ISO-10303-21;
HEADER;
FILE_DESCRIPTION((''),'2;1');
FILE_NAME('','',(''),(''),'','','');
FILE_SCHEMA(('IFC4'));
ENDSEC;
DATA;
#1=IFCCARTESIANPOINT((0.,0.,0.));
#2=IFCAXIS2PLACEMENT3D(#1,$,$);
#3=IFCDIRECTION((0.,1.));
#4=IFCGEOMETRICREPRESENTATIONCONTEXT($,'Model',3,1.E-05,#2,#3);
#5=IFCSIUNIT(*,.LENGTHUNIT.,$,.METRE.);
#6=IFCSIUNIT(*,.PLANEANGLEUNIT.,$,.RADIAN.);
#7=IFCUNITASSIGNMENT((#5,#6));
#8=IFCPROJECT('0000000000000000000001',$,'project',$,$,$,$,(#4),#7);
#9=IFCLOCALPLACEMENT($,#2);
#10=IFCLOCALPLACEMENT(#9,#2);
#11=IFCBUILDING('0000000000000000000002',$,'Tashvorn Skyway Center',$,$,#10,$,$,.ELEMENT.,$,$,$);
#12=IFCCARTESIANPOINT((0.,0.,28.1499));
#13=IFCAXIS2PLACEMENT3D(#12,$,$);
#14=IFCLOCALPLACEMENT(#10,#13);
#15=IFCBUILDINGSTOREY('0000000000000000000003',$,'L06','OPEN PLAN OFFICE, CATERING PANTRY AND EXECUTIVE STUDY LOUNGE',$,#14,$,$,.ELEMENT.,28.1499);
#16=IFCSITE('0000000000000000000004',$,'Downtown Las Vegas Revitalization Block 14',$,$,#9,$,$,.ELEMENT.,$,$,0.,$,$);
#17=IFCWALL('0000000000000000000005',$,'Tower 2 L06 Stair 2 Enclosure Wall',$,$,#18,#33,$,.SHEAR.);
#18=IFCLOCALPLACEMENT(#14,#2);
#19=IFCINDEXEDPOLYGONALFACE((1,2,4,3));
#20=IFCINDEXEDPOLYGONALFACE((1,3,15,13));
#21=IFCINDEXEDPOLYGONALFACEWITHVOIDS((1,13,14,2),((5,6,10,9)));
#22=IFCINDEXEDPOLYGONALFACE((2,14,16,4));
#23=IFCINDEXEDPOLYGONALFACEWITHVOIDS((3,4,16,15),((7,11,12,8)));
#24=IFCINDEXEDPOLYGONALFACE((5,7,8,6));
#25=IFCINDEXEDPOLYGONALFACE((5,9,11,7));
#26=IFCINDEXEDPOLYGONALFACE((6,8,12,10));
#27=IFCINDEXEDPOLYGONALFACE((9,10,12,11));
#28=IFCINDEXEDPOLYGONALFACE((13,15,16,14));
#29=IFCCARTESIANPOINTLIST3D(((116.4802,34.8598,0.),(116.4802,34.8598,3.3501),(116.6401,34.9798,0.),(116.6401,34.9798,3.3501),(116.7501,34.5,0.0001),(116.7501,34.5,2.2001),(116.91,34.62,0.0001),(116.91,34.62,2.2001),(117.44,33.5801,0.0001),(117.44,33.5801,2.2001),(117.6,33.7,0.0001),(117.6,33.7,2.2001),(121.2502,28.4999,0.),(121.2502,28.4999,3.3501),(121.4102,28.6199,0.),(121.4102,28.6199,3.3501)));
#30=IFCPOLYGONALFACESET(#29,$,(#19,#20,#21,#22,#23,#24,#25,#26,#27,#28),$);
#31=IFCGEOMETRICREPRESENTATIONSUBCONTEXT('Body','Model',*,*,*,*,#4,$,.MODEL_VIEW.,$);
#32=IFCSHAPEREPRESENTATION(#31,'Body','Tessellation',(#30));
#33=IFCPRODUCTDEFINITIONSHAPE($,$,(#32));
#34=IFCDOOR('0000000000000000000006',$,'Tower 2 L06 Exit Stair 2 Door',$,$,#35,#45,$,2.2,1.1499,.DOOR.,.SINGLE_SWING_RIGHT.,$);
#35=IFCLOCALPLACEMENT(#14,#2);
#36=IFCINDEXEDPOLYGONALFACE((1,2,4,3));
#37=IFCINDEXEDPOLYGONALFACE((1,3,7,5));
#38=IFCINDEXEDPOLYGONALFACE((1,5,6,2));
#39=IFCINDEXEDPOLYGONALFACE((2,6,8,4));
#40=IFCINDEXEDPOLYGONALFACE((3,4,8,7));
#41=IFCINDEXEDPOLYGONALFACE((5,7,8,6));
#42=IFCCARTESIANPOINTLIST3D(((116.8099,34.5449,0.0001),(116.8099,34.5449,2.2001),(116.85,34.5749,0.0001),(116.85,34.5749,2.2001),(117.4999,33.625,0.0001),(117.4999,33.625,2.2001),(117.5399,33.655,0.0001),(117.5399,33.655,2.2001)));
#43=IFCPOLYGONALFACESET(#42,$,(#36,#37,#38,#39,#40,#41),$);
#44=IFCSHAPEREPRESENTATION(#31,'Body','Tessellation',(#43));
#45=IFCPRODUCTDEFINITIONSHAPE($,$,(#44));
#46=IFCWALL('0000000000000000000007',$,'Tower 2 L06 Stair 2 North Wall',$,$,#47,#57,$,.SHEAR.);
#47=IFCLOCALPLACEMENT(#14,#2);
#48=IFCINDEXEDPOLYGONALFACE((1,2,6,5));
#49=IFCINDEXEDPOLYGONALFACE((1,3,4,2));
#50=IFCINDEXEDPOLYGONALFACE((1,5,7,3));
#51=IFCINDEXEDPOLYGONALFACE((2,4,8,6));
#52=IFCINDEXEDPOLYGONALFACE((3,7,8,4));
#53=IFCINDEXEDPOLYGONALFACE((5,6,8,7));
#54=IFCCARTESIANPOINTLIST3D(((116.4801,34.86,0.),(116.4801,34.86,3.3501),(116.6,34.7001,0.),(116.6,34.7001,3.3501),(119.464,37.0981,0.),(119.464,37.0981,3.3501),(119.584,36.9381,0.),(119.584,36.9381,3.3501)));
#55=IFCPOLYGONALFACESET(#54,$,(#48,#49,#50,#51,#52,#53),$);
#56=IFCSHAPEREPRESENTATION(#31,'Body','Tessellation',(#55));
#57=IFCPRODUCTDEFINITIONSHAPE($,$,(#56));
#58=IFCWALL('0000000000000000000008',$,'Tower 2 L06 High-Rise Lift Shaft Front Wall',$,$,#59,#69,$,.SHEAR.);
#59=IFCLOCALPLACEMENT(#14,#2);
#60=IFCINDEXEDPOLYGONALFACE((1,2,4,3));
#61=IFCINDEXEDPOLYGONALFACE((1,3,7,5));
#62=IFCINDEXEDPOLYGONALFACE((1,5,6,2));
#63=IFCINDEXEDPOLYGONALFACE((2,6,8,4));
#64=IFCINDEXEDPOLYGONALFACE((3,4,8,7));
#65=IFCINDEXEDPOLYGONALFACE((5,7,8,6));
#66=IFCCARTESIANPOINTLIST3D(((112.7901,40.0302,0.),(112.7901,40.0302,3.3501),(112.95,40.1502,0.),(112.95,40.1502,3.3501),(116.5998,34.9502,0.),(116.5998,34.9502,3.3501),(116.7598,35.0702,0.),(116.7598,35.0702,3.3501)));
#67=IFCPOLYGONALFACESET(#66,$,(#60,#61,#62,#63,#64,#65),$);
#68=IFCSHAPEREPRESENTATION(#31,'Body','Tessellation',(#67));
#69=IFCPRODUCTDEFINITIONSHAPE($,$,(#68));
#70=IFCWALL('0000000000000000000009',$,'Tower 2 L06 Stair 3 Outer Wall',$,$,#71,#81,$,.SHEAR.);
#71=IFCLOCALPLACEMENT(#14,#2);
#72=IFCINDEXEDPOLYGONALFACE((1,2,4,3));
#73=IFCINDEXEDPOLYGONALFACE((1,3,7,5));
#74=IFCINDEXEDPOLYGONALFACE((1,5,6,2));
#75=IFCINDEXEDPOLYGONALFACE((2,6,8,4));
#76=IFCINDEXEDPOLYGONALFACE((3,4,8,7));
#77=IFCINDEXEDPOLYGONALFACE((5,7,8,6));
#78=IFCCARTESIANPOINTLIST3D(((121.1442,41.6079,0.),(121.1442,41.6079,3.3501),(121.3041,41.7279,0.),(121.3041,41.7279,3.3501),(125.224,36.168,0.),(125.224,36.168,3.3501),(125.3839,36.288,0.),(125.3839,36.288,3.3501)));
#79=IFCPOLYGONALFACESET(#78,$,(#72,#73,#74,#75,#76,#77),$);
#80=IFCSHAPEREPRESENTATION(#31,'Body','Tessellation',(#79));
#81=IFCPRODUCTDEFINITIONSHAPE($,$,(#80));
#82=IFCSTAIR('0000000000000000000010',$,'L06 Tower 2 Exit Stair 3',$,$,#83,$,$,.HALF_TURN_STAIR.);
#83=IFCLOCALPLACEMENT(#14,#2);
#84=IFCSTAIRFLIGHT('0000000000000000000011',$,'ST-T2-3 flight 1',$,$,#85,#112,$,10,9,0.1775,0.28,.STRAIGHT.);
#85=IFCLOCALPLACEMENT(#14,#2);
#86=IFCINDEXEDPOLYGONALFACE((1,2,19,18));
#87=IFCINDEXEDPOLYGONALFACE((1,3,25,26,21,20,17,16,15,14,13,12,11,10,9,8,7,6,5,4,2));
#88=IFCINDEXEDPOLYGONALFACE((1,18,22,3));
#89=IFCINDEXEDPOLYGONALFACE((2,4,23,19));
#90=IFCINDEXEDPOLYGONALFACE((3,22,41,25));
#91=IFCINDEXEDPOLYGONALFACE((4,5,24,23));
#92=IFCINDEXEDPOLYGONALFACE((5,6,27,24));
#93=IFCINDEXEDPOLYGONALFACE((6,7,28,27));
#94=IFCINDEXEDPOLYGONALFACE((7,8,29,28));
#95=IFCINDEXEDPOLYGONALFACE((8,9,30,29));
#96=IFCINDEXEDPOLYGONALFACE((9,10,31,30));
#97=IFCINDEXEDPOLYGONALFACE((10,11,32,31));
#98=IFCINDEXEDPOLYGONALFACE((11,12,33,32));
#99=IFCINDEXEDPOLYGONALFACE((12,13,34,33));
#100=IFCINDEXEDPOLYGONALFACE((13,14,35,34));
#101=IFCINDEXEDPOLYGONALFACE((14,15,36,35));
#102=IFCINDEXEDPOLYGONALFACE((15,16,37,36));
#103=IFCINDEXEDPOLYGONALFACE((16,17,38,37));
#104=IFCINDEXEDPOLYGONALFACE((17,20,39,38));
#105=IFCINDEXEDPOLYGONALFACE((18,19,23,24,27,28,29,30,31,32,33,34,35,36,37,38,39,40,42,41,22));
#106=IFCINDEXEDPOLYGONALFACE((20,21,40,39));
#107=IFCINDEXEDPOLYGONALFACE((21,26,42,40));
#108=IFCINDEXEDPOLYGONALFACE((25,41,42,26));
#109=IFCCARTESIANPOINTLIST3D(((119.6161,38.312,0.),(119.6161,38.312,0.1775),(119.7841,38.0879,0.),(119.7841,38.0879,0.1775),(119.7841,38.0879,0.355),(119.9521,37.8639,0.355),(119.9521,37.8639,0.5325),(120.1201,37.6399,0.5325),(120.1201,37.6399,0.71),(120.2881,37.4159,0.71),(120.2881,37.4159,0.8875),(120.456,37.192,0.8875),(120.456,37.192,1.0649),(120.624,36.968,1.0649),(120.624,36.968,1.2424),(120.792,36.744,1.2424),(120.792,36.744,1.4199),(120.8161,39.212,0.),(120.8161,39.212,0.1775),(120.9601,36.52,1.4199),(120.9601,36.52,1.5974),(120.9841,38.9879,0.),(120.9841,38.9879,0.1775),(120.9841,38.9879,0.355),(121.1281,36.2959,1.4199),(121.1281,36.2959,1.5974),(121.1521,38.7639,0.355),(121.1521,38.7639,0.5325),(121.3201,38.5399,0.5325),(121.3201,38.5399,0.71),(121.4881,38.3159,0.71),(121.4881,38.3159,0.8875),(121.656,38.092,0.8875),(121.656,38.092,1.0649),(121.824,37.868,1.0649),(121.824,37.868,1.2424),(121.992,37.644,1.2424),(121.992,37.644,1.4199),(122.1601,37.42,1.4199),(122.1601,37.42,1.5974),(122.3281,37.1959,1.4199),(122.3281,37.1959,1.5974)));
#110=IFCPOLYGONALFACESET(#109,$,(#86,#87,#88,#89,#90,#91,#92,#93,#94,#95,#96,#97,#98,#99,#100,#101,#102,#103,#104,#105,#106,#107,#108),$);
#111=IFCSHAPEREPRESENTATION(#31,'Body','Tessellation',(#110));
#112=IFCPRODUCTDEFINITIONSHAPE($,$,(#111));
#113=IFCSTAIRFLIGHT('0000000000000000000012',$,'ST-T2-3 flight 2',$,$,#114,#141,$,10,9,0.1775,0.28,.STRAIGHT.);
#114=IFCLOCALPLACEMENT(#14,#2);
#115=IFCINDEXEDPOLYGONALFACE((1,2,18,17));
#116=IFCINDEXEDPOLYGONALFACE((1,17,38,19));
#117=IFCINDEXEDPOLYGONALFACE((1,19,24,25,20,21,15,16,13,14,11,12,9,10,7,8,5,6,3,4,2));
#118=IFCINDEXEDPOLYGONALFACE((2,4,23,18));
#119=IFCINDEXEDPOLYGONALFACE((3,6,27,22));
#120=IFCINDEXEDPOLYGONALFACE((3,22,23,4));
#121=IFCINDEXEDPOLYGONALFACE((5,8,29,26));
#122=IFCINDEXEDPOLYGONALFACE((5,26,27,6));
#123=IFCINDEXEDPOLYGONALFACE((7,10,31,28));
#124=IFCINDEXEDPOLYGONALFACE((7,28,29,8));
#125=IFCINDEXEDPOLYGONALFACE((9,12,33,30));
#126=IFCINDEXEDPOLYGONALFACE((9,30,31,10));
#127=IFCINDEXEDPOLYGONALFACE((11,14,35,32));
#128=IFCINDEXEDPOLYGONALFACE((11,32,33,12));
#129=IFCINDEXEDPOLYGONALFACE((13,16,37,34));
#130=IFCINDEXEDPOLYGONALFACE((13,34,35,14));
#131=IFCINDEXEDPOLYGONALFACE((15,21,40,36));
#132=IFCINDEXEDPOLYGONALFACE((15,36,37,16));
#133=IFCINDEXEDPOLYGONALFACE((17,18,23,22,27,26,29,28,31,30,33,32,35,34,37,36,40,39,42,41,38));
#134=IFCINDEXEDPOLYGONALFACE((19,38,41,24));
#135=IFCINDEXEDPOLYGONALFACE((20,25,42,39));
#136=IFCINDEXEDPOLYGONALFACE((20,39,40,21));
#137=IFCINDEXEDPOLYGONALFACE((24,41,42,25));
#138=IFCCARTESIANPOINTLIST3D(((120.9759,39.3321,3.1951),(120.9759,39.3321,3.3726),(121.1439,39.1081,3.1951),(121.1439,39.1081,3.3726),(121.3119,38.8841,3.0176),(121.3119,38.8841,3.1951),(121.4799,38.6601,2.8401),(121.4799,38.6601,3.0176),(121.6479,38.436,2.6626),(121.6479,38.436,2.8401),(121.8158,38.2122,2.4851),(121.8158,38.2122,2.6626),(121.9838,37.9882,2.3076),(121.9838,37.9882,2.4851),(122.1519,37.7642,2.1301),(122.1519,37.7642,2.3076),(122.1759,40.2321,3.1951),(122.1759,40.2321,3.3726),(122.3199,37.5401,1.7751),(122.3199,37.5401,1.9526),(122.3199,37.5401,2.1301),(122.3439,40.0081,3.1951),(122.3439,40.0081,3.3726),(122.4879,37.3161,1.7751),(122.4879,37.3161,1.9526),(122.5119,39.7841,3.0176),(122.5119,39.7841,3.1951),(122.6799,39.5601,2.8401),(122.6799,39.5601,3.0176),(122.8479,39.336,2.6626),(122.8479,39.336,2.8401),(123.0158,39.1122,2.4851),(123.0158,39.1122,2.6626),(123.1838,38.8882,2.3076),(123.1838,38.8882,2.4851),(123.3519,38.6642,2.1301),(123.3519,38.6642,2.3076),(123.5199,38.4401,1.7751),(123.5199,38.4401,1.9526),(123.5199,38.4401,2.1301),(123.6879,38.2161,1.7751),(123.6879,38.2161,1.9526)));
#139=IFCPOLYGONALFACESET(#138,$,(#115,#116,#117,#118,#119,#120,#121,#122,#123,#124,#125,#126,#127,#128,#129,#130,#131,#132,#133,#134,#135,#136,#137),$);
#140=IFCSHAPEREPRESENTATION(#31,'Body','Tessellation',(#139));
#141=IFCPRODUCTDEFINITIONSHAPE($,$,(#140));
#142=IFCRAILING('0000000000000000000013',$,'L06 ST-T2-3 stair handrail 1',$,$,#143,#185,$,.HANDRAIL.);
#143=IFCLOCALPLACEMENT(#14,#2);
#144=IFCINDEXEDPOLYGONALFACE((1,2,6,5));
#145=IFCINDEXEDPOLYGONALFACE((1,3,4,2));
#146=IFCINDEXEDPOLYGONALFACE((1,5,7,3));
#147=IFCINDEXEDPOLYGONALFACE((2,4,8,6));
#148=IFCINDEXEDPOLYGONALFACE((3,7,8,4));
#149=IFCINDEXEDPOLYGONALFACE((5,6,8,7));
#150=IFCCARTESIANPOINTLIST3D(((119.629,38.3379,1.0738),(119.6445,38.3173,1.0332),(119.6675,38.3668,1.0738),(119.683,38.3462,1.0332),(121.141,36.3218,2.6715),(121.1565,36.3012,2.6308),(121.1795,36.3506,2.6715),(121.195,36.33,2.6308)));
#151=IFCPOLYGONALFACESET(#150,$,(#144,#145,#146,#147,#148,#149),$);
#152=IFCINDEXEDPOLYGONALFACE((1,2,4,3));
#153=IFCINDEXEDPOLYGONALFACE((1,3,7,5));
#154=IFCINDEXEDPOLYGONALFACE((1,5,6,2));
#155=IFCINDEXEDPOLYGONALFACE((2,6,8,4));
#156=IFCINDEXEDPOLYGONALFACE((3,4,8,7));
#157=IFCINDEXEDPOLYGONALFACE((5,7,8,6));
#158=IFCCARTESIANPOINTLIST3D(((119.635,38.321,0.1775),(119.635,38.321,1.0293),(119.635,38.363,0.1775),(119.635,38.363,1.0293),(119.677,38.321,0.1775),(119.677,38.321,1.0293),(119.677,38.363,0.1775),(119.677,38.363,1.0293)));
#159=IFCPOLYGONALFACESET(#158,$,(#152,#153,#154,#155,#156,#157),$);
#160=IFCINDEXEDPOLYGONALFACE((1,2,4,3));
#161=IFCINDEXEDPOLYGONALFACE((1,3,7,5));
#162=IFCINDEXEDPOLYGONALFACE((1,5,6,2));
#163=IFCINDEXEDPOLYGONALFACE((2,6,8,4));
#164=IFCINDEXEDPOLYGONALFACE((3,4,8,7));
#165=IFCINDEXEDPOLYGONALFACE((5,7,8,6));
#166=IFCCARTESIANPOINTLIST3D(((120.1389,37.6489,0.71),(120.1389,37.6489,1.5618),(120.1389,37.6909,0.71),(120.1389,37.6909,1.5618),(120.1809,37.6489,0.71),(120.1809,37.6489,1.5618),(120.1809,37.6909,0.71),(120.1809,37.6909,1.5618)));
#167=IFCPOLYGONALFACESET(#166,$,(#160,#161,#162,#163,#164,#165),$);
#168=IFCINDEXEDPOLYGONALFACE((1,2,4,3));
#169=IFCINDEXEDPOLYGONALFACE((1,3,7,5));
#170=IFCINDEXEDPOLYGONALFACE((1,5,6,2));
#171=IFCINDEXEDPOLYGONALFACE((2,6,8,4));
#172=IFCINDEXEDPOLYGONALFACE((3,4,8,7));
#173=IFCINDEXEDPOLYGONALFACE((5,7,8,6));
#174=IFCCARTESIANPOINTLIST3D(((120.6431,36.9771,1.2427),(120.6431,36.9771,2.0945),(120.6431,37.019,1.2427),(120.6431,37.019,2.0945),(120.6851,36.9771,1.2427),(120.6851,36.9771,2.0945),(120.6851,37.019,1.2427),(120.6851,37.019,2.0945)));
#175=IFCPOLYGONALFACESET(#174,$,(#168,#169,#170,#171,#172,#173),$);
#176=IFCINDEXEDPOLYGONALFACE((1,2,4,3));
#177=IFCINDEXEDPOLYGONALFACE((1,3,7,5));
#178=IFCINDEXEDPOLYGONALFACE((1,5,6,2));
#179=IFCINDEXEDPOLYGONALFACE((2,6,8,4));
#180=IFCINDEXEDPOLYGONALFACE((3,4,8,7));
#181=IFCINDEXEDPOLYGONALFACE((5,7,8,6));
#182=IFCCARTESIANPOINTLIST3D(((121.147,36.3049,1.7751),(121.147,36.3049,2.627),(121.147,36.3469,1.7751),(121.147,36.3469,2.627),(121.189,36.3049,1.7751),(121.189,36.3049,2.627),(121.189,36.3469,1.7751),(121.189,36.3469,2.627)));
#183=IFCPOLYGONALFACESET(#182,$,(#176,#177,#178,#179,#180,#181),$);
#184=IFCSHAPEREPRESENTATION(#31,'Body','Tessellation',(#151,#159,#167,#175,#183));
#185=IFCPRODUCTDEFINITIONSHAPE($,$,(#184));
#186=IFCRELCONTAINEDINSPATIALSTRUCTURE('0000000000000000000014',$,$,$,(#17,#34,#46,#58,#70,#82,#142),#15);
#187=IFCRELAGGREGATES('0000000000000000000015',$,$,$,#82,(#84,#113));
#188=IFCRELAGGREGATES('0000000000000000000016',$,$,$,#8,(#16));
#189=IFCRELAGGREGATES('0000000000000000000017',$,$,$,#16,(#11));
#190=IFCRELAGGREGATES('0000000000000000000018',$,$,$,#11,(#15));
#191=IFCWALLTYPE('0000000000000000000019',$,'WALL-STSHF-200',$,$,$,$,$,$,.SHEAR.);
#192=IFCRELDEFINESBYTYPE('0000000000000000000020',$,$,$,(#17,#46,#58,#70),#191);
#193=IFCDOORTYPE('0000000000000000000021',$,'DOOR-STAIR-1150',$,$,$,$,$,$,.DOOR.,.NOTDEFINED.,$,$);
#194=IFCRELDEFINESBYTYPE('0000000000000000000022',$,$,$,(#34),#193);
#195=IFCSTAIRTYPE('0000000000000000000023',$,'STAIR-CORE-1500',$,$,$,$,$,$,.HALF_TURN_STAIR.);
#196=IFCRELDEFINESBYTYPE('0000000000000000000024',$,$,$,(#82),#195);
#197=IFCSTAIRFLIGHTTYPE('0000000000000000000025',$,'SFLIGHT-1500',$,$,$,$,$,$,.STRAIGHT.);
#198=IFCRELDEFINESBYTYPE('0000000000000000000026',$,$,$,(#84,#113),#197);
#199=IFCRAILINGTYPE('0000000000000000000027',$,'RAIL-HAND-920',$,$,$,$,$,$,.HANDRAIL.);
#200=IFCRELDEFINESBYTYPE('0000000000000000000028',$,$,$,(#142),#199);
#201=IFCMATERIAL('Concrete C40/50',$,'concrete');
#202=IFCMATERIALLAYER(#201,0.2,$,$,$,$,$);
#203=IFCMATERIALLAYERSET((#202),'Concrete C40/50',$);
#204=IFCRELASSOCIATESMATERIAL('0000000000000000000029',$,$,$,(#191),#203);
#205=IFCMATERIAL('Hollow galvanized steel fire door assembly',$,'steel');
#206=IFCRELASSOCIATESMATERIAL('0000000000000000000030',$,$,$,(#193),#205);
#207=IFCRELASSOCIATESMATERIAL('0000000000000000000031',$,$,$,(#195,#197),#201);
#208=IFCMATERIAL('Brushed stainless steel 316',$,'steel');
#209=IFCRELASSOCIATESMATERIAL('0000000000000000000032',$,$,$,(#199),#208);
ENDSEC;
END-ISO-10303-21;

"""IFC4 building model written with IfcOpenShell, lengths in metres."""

from ifc_helpers import new_model, si_unit, direction, frame, frame_2d, origin, origin_2d, place, context, subcontext, project, spatial, polyline, rectangle, outline, extrude, material, layer, layer_set, type_object, element, fill, aggregate, save


model = new_model("IFC4")

# Units and contexts
model_context = context("Model", 3, precision=1e-05, world=origin(), true_north=direction((0.0, 1.0)))
body_context = subcontext(model_context, "Body", "Model", "MODEL_VIEW")
ifc_project = project(units=[si_unit("LENGTHUNIT", "METRE"), si_unit("PLANEANGLEUNIT", "RADIAN")], contexts=[model_context])

# Site, building, storey
site_placement = place(None, origin())
site = spatial("IfcSite", under=ifc_project, at=site_placement, Name="Downtown Las Vegas Revitalization Block 14", CompositionType="ELEMENT", RefElevation=0.0)
building_placement = place(site_placement, origin())
building = spatial("IfcBuilding", under=site, at=building_placement, Name="Tashvorn Skyway Center", CompositionType="ELEMENT")
storey_placement = place(building_placement, frame((0.0, 0.0, 28.1499)))
storey = spatial("IfcBuildingStorey", under=building, at=storey_placement, Name="L06", Description="OPEN PLAN OFFICE, CATERING PANTRY AND EXECUTIVE STUDY LOUNGE", CompositionType="ELEMENT", Elevation=28.1499)

# Shared definitions
ifc_material_1 = material(Name="Concrete C40/50", Category="concrete")

# Wall, opening, door
ifc_layer_1 = layer(ifc_material_1, 0.2)
ifc_layer_set_1 = layer_set([ifc_layer_1], Name="Concrete C40/50")
wall_type_1 = type_object("IfcWallType", Name="WALL-STSHF-200", PredefinedType="SHEAR", material=ifc_layer_set_1)
wall_1_placement = place(storey_placement, frame((116.5601, 34.9199, 0.0), z_axis=(0.0, 0.0, 1.0), x_axis=(0.60001, -0.799993, 0.0)))
wall_1 = element("IfcWall", 1, at=wall_1_placement, inside=storey, type_object=wall_type_1, Name="Tower 2 L06 Stair 2 Enclosure Wall", PredefinedType="SHEAR", context=body_context, shape_type="SweptSolid", body=[
    extrude(rectangle(XDim=7.95, YDim=0.2, at=frame_2d((3.9751, 0.0))), origin(), (0.0, 0.0, 1.0), 3.3501),
])
opening_1_placement = place(wall_1_placement, frame((0.45, 0.0, 0.0)))
opening_1 = element("IfcOpeningElement", 2, at=opening_1_placement, cuts=wall_1, PredefinedType="OPENING", context=body_context, shape_type="SweptSolid", body=[
    extrude(rectangle(XDim=1.1499, YDim=2.2, at=frame_2d((0.575, 1.1001))), frame((0.0, 0.1099, 0.0), z_axis=(0.0, -1.0, 0.0), x_axis=(1.0, 0.0, 0.0)), (0.0, 0.0, 1.0), 0.22),
])
ifc_material_2 = material(Name="Hollow galvanized steel fire door assembly", Category="steel")
door_type_1 = type_object("IfcDoorType", Name="DOOR-STAIR-1150", OperationType="NOTDEFINED", PredefinedType="DOOR", material=ifc_material_2)
door_1_placement = place(opening_1_placement, origin())
door_1 = element("IfcDoor", 3, at=door_1_placement, inside=storey, type_object=door_type_1, Name="Tower 2 L06 Exit Stair 2 Door", OperationType="SINGLE_SWING_RIGHT", OverallHeight=2.2, OverallWidth=1.1499, PredefinedType="DOOR", context=body_context, shape_type="SweptSolid", body=[
    extrude(rectangle(XDim=1.1499, YDim=2.2, at=frame_2d((0.575, 1.1001))), frame((0.0, 0.0249, 0.0), z_axis=(0.0, -1.0, 0.0), x_axis=(1.0, 0.0, 0.0)), (0.0, 0.0, 1.0), 0.05),
])
fill(opening_1, door_1)

# Walls
wall_2_placement = place(storey_placement, frame((116.54, 34.78, 0.0), z_axis=(0.0, 0.0, 1.0), x_axis=(0.799984, 0.600021, 0.0)))
element("IfcWall", 4, at=wall_2_placement, inside=storey, type_object=wall_type_1, Name="Tower 2 L06 Stair 2 North Wall", PredefinedType="SHEAR", context=body_context, shape_type="SweptSolid", body=[
    extrude(rectangle(XDim=3.73, YDim=0.2, at=frame_2d((1.865, 0.0))), origin(), (0.0, 0.0, 1.0), 3.3501),
])
wall_3_placement = place(storey_placement, frame((112.8701, 40.0901, 0.0), z_axis=(0.0, 0.0, 1.0), x_axis=(0.599975, -0.800018, 0.0)))
element("IfcWall", 5, at=wall_3_placement, inside=storey, type_object=wall_type_1, Name="Tower 2 L06 High-Rise Lift Shaft Front Wall", PredefinedType="SHEAR", context=body_context, shape_type="SweptSolid", body=[
    extrude(rectangle(XDim=6.3499, YDim=0.2, at=frame_2d((3.1748, 0.0))), origin(), (0.0, 0.0, 1.0), 3.3501),
])
wall_4_placement = place(storey_placement, frame((125.304, 36.228, 0.0), z_axis=(0.0, 0.0, 1.0), x_axis=(-0.599989, 0.800009, 0.0)))
element("IfcWall", 6, at=wall_4_placement, inside=storey, type_object=wall_type_1, Name="Tower 2 L06 Stair 3 Outer Wall", PredefinedType="SHEAR", context=body_context, shape_type="SweptSolid", body=[
    extrude(rectangle(XDim=6.7998, YDim=0.2, at=frame_2d((3.3999, 0.0))), origin(), (0.0, 0.0, 1.0), 3.3501),
])

# Stair, stair flights
stair_type = type_object("IfcStairType", Name="STAIR-CORE-1500", PredefinedType="HALF_TURN_STAIR", material=ifc_material_1)
stair_placement = place(storey_placement, origin())
stair = element("IfcStair", 7, at=stair_placement, inside=storey, type_object=stair_type, Name="L06 Tower 2 Exit Stair 3", PredefinedType="HALF_TURN_STAIR")
stair_flight_type = type_object("IfcStairFlightType", Name="SFLIGHT-1500", PredefinedType="STRAIGHT", material=ifc_material_1)
stair_flight_1_placement = place(storey_placement, frame((120.2161, 38.762, 0.0), z_axis=(0.0, 0.0, 1.0), x_axis=(0.6, -0.8, 0.0)))
stair_flight_1 = element("IfcStairFlight", 8, at=stair_flight_1_placement, type_object=stair_flight_type, Name="ST-T2-3 flight 1", NumberOfRisers=10, NumberOfTreads=9, PredefinedType="STRAIGHT", RiserHeight=0.1775, TreadLength=0.28, context=body_context, shape_type="SweptSolid", body=[
    extrude(outline(polyline([(0.0, 0.0), (0.0, 0.1775), (0.28, 0.1775), (0.28, 0.355), (0.5601, 0.355), (0.5601, 0.5325), (0.8401, 0.5325), (0.8401, 0.71), (1.1201, 0.71), (1.1201, 0.8875), (1.3999, 0.8875), (1.3999, 1.0649), (1.6799, 1.0649), (1.6799, 1.2424), (1.96, 1.2424), (1.96, 1.4199), (2.24, 1.4199), (2.24, 1.5974), (2.52, 1.5974), (2.52, 1.7749), (2.52, 1.4199), (0.28, 0.0), (0.0, 0.0)])), frame((0.0, 0.75, 0.0), z_axis=(0.0, -1.0, 0.0), x_axis=(1.0, 0.0, 0.0)), (0.0, 0.0, 1.0), 1.5),
])
stair_flight_2_placement = place(storey_placement, frame((123.0879, 37.7661, 1.7751), z_axis=(0.0, 0.0, 1.0), x_axis=(-0.6, 0.8, 0.0)))
stair_flight_2 = element("IfcStairFlight", 9, at=stair_flight_2_placement, type_object=stair_flight_type, Name="ST-T2-3 flight 2", NumberOfRisers=10, NumberOfTreads=9, PredefinedType="STRAIGHT", RiserHeight=0.1775, TreadLength=0.28, context=body_context, shape_type="SweptSolid", body=[
    extrude(outline(polyline([(0.0, 0.0), (0.0, 0.1775), (0.28, 0.1775), (0.28, 0.355), (0.5601, 0.355), (0.5601, 0.5325), (0.8401, 0.5325), (0.8401, 0.71), (1.1201, 0.71), (1.1201, 0.8875), (1.3999, 0.8875), (1.3999, 1.0649), (1.6799, 1.0649), (1.6799, 1.2424), (1.96, 1.2424), (1.96, 1.4199), (2.24, 1.4199), (2.24, 1.5974), (2.52, 1.5974), (2.52, 1.7749), (2.52, 1.4199), (0.28, 0.0), (0.0, 0.0)])), frame((0.0, 0.75, 0.0), z_axis=(0.0, -1.0, 0.0), x_axis=(1.0, 0.0, 0.0)), (0.0, 0.0, 1.0), 1.5),
])
aggregate(stair, [stair_flight_1, stair_flight_2])

# Railing
ifc_material_3 = material(Name="Brushed stainless steel 316", Category="steel")
railing_type_1 = type_object("IfcRailingType", Name="RAIL-HAND-920", PredefinedType="HANDRAIL", material=ifc_material_3)
railing_1_placement = place(storey_placement, frame((119.656, 38.342, 0.1775)))
element("IfcRailing", 10, at=railing_1_placement, inside=storey, type_object=railing_type_1, Name="L06 ST-T2-3 stair handrail 1", PredefinedType="HANDRAIL", context=body_context, shape_type="SweptSolid", body=[
    extrude(rectangle(XDim=0.0481, YDim=0.0481, at=origin_2d()), frame((0.0, 0.0, 0.876), z_axis=(0.506719, -0.675679, 0.535438), x_axis=(0.800023, 0.599969, 0.0)), (0.0, 0.0, 1.0), 2.9839),
    extrude(rectangle(XDim=0.042, YDim=0.042, at=origin_2d()), origin(), (0.0, 0.0, 1.0), 0.8518),
    extrude(rectangle(XDim=0.042, YDim=0.042, at=origin_2d()), frame((0.5039, -0.6721, 0.5325)), (0.0, 0.0, 1.0), 0.8518),
    extrude(rectangle(XDim=0.042, YDim=0.042, at=origin_2d()), frame((1.0081, -1.344, 1.0652)), (0.0, 0.0, 1.0), 0.8518),
    extrude(rectangle(XDim=0.042, YDim=0.042, at=origin_2d()), frame((1.512, -2.0161, 1.5977)), (0.0, 0.0, 1.0), 0.8518),
])

save(model, "model.ifc")
